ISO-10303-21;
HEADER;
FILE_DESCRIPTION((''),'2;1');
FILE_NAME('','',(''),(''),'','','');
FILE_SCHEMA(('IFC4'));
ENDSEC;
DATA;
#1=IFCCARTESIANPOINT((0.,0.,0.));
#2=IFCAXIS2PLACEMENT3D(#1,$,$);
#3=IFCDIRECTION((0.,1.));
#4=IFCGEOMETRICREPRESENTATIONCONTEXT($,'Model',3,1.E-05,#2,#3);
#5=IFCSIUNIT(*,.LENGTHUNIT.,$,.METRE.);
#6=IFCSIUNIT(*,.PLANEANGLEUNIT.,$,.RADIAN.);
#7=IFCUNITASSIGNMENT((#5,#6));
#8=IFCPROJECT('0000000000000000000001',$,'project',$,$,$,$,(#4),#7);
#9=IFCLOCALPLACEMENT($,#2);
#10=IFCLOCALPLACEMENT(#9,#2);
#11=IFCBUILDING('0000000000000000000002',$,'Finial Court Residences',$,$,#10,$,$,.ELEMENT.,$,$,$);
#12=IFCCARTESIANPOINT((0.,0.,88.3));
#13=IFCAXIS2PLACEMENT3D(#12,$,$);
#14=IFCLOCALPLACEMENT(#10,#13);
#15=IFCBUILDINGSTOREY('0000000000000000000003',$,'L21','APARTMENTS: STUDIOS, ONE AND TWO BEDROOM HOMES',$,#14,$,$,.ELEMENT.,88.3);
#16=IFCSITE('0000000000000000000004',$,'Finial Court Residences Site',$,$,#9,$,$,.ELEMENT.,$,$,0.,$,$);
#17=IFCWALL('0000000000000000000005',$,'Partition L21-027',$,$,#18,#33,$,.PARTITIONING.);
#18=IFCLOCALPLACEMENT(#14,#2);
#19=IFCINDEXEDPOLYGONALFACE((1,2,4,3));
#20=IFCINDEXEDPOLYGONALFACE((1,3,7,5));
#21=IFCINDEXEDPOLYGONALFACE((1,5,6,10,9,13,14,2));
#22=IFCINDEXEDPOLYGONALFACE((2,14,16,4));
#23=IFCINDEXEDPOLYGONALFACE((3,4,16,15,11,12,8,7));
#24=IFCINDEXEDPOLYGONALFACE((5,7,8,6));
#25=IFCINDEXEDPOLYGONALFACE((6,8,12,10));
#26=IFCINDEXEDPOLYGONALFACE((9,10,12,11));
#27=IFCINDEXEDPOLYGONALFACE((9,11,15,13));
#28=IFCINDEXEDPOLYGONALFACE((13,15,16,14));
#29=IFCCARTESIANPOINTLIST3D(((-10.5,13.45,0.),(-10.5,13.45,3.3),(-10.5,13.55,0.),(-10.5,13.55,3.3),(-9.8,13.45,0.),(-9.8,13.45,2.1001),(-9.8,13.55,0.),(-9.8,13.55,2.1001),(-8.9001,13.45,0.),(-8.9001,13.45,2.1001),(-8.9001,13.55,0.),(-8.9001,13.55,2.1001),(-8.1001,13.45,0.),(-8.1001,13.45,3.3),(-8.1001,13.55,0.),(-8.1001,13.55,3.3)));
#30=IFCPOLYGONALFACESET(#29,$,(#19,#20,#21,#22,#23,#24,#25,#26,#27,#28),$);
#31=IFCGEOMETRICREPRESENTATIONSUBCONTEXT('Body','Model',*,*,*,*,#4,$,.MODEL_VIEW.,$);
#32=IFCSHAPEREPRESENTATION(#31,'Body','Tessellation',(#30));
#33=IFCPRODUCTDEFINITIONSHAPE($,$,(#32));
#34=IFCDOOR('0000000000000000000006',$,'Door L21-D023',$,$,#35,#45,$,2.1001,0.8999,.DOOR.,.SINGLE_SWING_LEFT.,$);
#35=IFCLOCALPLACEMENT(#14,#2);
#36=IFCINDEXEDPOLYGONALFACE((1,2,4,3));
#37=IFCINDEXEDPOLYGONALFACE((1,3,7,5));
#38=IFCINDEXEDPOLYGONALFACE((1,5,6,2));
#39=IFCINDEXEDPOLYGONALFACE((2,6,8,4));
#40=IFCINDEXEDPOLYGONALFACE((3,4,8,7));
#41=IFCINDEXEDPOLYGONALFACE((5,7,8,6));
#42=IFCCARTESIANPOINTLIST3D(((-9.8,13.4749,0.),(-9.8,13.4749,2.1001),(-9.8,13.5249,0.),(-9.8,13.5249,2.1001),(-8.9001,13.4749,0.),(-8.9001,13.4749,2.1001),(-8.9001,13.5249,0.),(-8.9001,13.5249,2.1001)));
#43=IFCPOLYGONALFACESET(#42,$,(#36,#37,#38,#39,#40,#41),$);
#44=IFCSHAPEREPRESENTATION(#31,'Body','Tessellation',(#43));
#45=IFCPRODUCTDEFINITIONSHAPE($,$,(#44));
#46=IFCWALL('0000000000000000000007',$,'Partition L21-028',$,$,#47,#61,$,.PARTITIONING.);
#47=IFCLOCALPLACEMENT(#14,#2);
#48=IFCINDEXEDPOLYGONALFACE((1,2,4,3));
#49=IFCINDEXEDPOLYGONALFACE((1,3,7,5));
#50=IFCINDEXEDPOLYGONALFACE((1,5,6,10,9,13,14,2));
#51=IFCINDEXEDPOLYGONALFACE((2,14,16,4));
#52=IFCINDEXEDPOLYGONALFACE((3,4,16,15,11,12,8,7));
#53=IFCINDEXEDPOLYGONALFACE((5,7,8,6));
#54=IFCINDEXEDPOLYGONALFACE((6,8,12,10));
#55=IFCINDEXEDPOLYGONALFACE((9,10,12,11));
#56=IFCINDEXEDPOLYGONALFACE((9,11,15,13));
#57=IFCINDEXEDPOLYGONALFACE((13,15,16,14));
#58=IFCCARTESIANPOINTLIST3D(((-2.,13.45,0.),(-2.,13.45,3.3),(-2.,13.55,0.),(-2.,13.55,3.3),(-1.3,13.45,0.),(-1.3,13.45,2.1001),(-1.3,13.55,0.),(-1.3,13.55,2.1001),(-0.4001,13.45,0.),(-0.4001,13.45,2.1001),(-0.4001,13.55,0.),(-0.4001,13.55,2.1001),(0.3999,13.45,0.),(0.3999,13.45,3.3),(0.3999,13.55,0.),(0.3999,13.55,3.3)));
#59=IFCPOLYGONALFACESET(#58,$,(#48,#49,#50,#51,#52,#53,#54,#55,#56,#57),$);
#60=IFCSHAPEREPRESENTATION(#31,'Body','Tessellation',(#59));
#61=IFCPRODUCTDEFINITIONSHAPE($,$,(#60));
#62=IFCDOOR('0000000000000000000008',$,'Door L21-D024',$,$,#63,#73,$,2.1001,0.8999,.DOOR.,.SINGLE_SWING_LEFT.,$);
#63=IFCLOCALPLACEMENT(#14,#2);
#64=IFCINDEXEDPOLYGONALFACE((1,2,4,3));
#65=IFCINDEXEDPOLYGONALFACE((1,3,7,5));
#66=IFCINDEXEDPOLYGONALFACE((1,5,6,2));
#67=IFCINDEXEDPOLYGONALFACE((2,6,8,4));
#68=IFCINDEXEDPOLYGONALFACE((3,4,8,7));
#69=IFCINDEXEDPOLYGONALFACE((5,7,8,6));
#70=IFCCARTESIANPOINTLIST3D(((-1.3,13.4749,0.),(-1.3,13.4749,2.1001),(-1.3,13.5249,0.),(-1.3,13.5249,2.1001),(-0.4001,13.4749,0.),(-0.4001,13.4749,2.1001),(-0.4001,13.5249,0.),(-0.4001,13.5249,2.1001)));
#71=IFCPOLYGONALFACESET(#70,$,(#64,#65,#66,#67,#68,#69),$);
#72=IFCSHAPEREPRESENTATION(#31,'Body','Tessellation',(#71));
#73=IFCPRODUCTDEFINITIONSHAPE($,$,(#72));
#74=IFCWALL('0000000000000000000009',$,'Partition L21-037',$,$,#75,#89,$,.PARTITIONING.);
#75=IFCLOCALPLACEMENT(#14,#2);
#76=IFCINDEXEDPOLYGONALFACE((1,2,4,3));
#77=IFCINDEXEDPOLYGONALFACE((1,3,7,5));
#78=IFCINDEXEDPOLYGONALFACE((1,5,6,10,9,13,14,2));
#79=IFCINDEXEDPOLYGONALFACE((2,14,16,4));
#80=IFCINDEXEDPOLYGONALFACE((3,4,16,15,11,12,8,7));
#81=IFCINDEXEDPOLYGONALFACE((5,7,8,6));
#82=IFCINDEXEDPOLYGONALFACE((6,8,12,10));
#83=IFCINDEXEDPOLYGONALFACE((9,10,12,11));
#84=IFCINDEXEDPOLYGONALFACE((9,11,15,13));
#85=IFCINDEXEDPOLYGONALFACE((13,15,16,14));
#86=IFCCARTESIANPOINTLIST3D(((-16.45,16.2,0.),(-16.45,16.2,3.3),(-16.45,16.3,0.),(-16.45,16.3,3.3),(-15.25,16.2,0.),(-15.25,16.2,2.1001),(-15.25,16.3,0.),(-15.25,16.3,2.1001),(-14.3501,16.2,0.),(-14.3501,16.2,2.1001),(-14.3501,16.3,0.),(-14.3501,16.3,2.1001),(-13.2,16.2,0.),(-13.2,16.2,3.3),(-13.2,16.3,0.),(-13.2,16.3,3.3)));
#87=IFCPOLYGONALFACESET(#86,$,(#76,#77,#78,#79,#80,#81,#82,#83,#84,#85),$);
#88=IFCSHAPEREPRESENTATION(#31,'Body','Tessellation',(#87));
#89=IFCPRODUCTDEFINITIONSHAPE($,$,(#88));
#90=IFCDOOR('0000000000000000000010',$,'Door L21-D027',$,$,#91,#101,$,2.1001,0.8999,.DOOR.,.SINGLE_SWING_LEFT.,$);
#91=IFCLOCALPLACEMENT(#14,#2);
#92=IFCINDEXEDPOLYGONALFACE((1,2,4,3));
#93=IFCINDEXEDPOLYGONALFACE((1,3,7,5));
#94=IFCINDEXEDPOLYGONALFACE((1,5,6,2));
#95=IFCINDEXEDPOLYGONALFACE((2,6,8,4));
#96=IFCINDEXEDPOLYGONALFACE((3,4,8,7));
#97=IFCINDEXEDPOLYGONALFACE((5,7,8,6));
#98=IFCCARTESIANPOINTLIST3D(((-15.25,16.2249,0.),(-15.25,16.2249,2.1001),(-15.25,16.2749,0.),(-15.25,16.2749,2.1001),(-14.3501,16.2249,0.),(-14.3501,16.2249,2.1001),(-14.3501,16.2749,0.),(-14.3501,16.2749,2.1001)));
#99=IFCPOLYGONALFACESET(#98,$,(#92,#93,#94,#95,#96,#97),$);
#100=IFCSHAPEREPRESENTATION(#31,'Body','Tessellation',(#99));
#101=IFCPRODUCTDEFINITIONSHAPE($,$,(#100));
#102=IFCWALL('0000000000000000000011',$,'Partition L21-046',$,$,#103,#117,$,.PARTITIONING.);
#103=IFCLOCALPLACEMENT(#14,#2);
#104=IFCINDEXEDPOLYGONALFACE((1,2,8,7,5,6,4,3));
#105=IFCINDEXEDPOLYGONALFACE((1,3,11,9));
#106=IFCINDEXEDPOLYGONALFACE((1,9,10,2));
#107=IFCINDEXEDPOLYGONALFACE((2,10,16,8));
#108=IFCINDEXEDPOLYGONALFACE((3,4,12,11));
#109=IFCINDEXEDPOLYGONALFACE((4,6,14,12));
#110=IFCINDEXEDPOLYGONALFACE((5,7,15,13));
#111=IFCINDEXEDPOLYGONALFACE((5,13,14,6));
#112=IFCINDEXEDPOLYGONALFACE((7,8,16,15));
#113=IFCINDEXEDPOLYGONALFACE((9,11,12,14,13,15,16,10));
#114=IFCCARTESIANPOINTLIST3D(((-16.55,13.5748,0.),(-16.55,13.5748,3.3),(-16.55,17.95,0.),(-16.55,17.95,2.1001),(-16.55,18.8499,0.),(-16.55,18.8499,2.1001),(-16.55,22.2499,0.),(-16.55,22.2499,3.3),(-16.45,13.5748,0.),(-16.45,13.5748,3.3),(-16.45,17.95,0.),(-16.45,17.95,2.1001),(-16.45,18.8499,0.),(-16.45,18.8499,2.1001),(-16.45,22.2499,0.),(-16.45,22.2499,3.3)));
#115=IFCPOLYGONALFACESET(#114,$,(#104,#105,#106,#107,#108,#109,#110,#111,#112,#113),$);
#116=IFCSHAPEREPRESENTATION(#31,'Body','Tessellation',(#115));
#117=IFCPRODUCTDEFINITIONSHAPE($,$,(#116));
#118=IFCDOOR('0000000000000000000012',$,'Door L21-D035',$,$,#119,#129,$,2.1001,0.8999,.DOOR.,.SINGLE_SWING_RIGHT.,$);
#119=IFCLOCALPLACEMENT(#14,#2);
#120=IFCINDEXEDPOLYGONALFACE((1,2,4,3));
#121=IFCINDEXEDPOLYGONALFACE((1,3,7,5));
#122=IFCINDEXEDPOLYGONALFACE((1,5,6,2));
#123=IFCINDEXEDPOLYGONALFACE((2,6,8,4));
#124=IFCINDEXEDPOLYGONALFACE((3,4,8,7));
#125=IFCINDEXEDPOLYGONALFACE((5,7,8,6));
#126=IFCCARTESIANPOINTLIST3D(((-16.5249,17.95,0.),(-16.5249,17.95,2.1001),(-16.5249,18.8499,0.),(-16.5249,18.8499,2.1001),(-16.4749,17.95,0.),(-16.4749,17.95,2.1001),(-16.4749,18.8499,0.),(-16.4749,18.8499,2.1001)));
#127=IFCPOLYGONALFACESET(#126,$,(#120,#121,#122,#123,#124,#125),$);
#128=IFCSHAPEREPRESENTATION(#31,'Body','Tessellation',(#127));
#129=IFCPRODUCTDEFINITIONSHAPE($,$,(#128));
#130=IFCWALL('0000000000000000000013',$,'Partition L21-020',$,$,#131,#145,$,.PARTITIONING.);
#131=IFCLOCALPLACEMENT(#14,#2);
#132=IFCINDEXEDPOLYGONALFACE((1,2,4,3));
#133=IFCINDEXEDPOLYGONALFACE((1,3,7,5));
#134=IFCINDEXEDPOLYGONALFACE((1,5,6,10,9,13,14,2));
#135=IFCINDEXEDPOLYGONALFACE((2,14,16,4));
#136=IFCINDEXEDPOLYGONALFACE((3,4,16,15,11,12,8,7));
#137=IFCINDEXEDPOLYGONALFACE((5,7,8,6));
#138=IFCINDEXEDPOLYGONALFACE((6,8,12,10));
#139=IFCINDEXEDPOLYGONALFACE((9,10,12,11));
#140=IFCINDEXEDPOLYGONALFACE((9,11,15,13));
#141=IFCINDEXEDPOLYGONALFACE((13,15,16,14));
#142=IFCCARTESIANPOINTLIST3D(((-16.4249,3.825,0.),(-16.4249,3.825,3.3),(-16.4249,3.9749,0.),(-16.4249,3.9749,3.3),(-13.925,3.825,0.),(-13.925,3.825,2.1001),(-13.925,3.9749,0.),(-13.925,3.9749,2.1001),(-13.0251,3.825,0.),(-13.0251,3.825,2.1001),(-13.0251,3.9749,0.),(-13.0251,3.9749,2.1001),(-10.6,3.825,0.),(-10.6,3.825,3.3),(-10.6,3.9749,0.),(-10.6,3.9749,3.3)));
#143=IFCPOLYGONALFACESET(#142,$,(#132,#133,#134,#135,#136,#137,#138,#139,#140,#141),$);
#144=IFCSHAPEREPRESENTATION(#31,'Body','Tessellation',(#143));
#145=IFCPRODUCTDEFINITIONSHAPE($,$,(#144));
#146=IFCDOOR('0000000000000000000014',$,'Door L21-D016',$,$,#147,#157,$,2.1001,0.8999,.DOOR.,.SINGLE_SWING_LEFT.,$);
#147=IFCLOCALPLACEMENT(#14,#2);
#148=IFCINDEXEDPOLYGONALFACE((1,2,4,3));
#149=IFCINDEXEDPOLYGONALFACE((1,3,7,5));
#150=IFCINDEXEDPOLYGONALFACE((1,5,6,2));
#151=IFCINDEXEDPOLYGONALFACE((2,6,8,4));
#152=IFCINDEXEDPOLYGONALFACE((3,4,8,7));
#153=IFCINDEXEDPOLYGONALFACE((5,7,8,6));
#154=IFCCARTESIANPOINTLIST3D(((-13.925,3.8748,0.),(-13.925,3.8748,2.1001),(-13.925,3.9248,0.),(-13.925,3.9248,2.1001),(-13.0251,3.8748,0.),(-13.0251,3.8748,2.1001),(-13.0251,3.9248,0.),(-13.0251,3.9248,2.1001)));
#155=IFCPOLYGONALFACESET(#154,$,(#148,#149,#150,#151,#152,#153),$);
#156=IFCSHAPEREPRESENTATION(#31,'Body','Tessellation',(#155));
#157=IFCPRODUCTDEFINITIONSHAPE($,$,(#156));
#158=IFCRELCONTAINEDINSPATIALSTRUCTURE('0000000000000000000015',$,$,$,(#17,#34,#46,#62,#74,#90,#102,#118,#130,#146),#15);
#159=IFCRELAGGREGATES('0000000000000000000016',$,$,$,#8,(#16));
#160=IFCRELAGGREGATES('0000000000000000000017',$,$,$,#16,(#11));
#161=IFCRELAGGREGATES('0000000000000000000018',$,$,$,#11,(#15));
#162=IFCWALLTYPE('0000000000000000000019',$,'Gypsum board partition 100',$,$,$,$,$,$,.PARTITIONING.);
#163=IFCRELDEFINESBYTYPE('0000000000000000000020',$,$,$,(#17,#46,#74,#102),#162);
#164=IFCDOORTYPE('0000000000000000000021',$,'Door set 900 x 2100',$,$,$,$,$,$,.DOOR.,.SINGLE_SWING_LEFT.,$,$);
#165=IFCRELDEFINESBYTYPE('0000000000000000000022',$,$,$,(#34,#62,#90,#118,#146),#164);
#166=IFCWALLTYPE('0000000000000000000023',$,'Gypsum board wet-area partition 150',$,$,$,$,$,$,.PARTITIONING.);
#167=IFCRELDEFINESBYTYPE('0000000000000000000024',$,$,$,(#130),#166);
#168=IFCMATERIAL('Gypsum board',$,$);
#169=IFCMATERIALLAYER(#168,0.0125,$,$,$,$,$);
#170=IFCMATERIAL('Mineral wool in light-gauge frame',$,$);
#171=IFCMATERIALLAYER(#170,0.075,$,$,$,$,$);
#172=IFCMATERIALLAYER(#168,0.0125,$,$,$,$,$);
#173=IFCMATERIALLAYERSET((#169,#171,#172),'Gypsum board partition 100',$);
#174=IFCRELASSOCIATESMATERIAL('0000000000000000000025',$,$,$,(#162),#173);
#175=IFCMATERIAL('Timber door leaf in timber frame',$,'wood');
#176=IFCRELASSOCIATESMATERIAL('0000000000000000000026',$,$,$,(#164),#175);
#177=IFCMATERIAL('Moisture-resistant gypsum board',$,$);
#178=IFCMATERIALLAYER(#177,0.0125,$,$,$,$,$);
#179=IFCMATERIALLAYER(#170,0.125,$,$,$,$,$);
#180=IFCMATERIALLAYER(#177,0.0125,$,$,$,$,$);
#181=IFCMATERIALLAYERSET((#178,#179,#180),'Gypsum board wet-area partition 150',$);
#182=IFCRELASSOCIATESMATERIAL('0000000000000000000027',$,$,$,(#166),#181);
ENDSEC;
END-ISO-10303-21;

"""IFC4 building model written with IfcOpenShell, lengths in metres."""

from ifc_helpers import new_model, si_unit, direction, frame, frame_2d, origin, place, context, subcontext, project, spatial, rectangle, extrude, material, layer, layer_set, type_object, element, fill, save


model = new_model("IFC4")

# Units and contexts
model_context = context("Model", 3, precision=1e-05, world=origin(), true_north=direction((0.0, 1.0)))
body_context = subcontext(model_context, "Body", "Model", "MODEL_VIEW")
ifc_project = project(units=[si_unit("LENGTHUNIT", "METRE"), si_unit("PLANEANGLEUNIT", "RADIAN")], contexts=[model_context])

# Site, building, storey
site_placement = place(None, origin())
site = spatial("IfcSite", under=ifc_project, at=site_placement, Name="Finial Court Residences Site", CompositionType="ELEMENT", RefElevation=0.0)
building_placement = place(site_placement, origin())
building = spatial("IfcBuilding", under=site, at=building_placement, Name="Finial Court Residences", CompositionType="ELEMENT")
storey_placement = place(building_placement, frame((0.0, 0.0, 88.3)))
storey = spatial("IfcBuildingStorey", under=building, at=storey_placement, Name="L21", Description="APARTMENTS: STUDIOS, ONE AND TWO BEDROOM HOMES", CompositionType="ELEMENT", Elevation=88.3)

# Shared definitions
ifc_material_1 = material(Name="Gypsum board")

# Walls, openings, doors
ifc_layer_1 = layer(ifc_material_1, 0.0125)
ifc_material_2 = material(Name="Mineral wool in light-gauge frame")
ifc_layer_2 = layer(ifc_material_2, 0.075)
ifc_layer_3 = layer(ifc_material_1, 0.0125)
ifc_layer_set_1 = layer_set([ifc_layer_1, ifc_layer_2, ifc_layer_3], Name="Gypsum board partition 100")
wall_type_1 = type_object("IfcWallType", Name="Gypsum board partition 100", PredefinedType="PARTITIONING", material=ifc_layer_set_1)
wall_1_placement = place(storey_placement, frame((-10.5, 13.5, 0.0), z_axis=(0.0, 0.0, 1.0), x_axis=(1.0, 0.0, 0.0)))
wall_1 = element("IfcWall", 1, at=wall_1_placement, inside=storey, type_object=wall_type_1, Name="Partition L21-027", PredefinedType="PARTITIONING", context=body_context, shape_type="SweptSolid", body=[
    extrude(rectangle(XDim=2.3999, YDim=0.1001, at=frame_2d((1.2, 0.0))), origin(), (0.0, 0.0, 1.0), 3.3),
])
opening_1_placement = place(wall_1_placement, frame((0.7, 0.0, 0.0)))
opening_1 = element("IfcOpeningElement", 2, at=opening_1_placement, cuts=wall_1, PredefinedType="OPENING", context=body_context, shape_type="SweptSolid", body=[
    extrude(rectangle(XDim=0.8999, YDim=2.1001, at=frame_2d((0.45, 1.05))), frame((0.0, 0.0601, 0.0), z_axis=(0.0, -1.0, 0.0), x_axis=(1.0, 0.0, 0.0)), (0.0, 0.0, 1.0), 0.1201),
])
ifc_material_3 = material(Name="Timber door leaf in timber frame", Category="wood")
door_type = type_object("IfcDoorType", Name="Door set 900 x 2100", OperationType="SINGLE_SWING_LEFT", PredefinedType="DOOR", material=ifc_material_3)
door_1_placement = place(opening_1_placement, origin())
door_1 = element("IfcDoor", 3, at=door_1_placement, inside=storey, type_object=door_type, Name="Door L21-D023", OperationType="SINGLE_SWING_LEFT", OverallHeight=2.1001, OverallWidth=0.8999, PredefinedType="DOOR", context=body_context, shape_type="SweptSolid", body=[
    extrude(rectangle(XDim=0.8999, YDim=2.1001, at=frame_2d((0.45, 1.05))), frame((0.0, 0.0249, 0.0), z_axis=(0.0, -1.0, 0.0), x_axis=(1.0, 0.0, 0.0)), (0.0, 0.0, 1.0), 0.05),
])
fill(opening_1, door_1)
wall_2_placement = place(storey_placement, frame((-2.0, 13.5, 0.0), z_axis=(0.0, 0.0, 1.0), x_axis=(1.0, 0.0, 0.0)))
wall_2 = element("IfcWall", 4, at=wall_2_placement, inside=storey, type_object=wall_type_1, Name="Partition L21-028", PredefinedType="PARTITIONING", context=body_context, shape_type="SweptSolid", body=[
    extrude(rectangle(XDim=2.3999, YDim=0.1001, at=frame_2d((1.2, 0.0))), origin(), (0.0, 0.0, 1.0), 3.3),
])
opening_2_placement = place(wall_2_placement, frame((0.7, 0.0, 0.0)))
opening_2 = element("IfcOpeningElement", 5, at=opening_2_placement, cuts=wall_2, PredefinedType="OPENING", context=body_context, shape_type="SweptSolid", body=[
    extrude(rectangle(XDim=0.8999, YDim=2.1001, at=frame_2d((0.45, 1.05))), frame((0.0, 0.0601, 0.0), z_axis=(0.0, -1.0, 0.0), x_axis=(1.0, 0.0, 0.0)), (0.0, 0.0, 1.0), 0.1201),
])
door_2_placement = place(opening_2_placement, origin())
door_2 = element("IfcDoor", 6, at=door_2_placement, inside=storey, type_object=door_type, Name="Door L21-D024", OperationType="SINGLE_SWING_LEFT", OverallHeight=2.1001, OverallWidth=0.8999, PredefinedType="DOOR", context=body_context, shape_type="SweptSolid", body=[
    extrude(rectangle(XDim=0.8999, YDim=2.1001, at=frame_2d((0.45, 1.05))), frame((0.0, 0.0249, 0.0), z_axis=(0.0, -1.0, 0.0), x_axis=(1.0, 0.0, 0.0)), (0.0, 0.0, 1.0), 0.05),
])
fill(opening_2, door_2)
wall_3_placement = place(storey_placement, frame((-16.45, 16.25, 0.0), z_axis=(0.0, 0.0, 1.0), x_axis=(1.0, 0.0, 0.0)))
wall_3 = element("IfcWall", 7, at=wall_3_placement, inside=storey, type_object=wall_type_1, Name="Partition L21-037", PredefinedType="PARTITIONING", context=body_context, shape_type="SweptSolid", body=[
    extrude(rectangle(XDim=3.25, YDim=0.1001, at=frame_2d((1.625, 0.0))), origin(), (0.0, 0.0, 1.0), 3.3),
])
opening_3_placement = place(wall_3_placement, frame((1.2, 0.0, 0.0)))
opening_3 = element("IfcOpeningElement", 8, at=opening_3_placement, cuts=wall_3, PredefinedType="OPENING", context=body_context, shape_type="SweptSolid", body=[
    extrude(rectangle(XDim=0.8999, YDim=2.1001, at=frame_2d((0.45, 1.05))), frame((0.0, 0.0601, 0.0), z_axis=(0.0, -1.0, 0.0), x_axis=(1.0, 0.0, 0.0)), (0.0, 0.0, 1.0), 0.1201),
])
door_3_placement = place(opening_3_placement, origin())
door_3 = element("IfcDoor", 9, at=door_3_placement, inside=storey, type_object=door_type, Name="Door L21-D027", OperationType="SINGLE_SWING_LEFT", OverallHeight=2.1001, OverallWidth=0.8999, PredefinedType="DOOR", context=body_context, shape_type="SweptSolid", body=[
    extrude(rectangle(XDim=0.8999, YDim=2.1001, at=frame_2d((0.45, 1.05))), frame((0.0, 0.0249, 0.0), z_axis=(0.0, -1.0, 0.0), x_axis=(1.0, 0.0, 0.0)), (0.0, 0.0, 1.0), 0.05),
])
fill(opening_3, door_3)
wall_4_placement = place(storey_placement, frame((-16.5, 13.575, 0.0), z_axis=(0.0, 0.0, 1.0), x_axis=(0.0, 1.0, 0.0)))
wall_4 = element("IfcWall", 10, at=wall_4_placement, inside=storey, type_object=wall_type_1, Name="Partition L21-046", PredefinedType="PARTITIONING", context=body_context, shape_type="SweptSolid", body=[
    extrude(rectangle(XDim=8.675, YDim=0.1001, at=frame_2d((4.3374, 0.0))), origin(), (0.0, 0.0, 1.0), 3.3),
])
opening_4_placement = place(wall_4_placement, frame((4.375, 0.0, 0.0)))
opening_4 = element("IfcOpeningElement", 11, at=opening_4_placement, cuts=wall_4, PredefinedType="OPENING", context=body_context, shape_type="SweptSolid", body=[
    extrude(rectangle(XDim=0.8999, YDim=2.1001, at=frame_2d((0.45, 1.05))), frame((0.0, 0.0601, 0.0), z_axis=(0.0, -1.0, 0.0), x_axis=(1.0, 0.0, 0.0)), (0.0, 0.0, 1.0), 0.1201),
])
door_4_placement = place(opening_4_placement, origin())
door_4 = element("IfcDoor", 12, at=door_4_placement, inside=storey, type_object=door_type, Name="Door L21-D035", OperationType="SINGLE_SWING_RIGHT", OverallHeight=2.1001, OverallWidth=0.8999, PredefinedType="DOOR", context=body_context, shape_type="SweptSolid", body=[
    extrude(rectangle(XDim=0.8999, YDim=2.1001, at=frame_2d((0.45, 1.05))), frame((0.0, 0.0249, 0.0), z_axis=(0.0, -1.0, 0.0), x_axis=(1.0, 0.0, 0.0)), (0.0, 0.0, 1.0), 0.05),
])
fill(opening_4, door_4)
ifc_material_4 = material(Name="Moisture-resistant gypsum board")
ifc_layer_4 = layer(ifc_material_4, 0.0125)
ifc_layer_5 = layer(ifc_material_2, 0.125)
ifc_layer_6 = layer(ifc_material_4, 0.0125)
ifc_layer_set_2 = layer_set([ifc_layer_4, ifc_layer_5, ifc_layer_6], Name="Gypsum board wet-area partition 150")
wall_type_2 = type_object("IfcWallType", Name="Gypsum board wet-area partition 150", PredefinedType="PARTITIONING", material=ifc_layer_set_2)
wall_5_placement = place(storey_placement, frame((-16.425, 3.8999, 0.0), z_axis=(0.0, 0.0, 1.0), x_axis=(1.0, 0.0, 0.0)))
wall_5 = element("IfcWall", 13, at=wall_5_placement, inside=storey, type_object=wall_type_2, Name="Partition L21-020", PredefinedType="PARTITIONING", context=body_context, shape_type="SweptSolid", body=[
    extrude(rectangle(XDim=5.825, YDim=0.1499, at=frame_2d((2.9126, 0.0))), origin(), (0.0, 0.0, 1.0), 3.3),
])
opening_5_placement = place(wall_5_placement, frame((2.5, 0.0, 0.0)))
opening_5 = element("IfcOpeningElement", 14, at=opening_5_placement, cuts=wall_5, PredefinedType="OPENING", context=body_context, shape_type="SweptSolid", body=[
    extrude(rectangle(XDim=0.8999, YDim=2.1001, at=frame_2d((0.45, 1.05))), frame((0.0, 0.085, 0.0), z_axis=(0.0, -1.0, 0.0), x_axis=(1.0, 0.0, 0.0)), (0.0, 0.0, 1.0), 0.1699),
])
door_5_placement = place(opening_5_placement, origin())
door_5 = element("IfcDoor", 15, at=door_5_placement, inside=storey, type_object=door_type, Name="Door L21-D016", OperationType="SINGLE_SWING_LEFT", OverallHeight=2.1001, OverallWidth=0.8999, PredefinedType="DOOR", context=body_context, shape_type="SweptSolid", body=[
    extrude(rectangle(XDim=0.8999, YDim=2.1001, at=frame_2d((0.45, 1.05))), frame((0.0, 0.0249, 0.0), z_axis=(0.0, -1.0, 0.0), x_axis=(1.0, 0.0, 0.0)), (0.0, 0.0, 1.0), 0.05),
])
fill(opening_5, door_5)

save(model, "model.ifc")
